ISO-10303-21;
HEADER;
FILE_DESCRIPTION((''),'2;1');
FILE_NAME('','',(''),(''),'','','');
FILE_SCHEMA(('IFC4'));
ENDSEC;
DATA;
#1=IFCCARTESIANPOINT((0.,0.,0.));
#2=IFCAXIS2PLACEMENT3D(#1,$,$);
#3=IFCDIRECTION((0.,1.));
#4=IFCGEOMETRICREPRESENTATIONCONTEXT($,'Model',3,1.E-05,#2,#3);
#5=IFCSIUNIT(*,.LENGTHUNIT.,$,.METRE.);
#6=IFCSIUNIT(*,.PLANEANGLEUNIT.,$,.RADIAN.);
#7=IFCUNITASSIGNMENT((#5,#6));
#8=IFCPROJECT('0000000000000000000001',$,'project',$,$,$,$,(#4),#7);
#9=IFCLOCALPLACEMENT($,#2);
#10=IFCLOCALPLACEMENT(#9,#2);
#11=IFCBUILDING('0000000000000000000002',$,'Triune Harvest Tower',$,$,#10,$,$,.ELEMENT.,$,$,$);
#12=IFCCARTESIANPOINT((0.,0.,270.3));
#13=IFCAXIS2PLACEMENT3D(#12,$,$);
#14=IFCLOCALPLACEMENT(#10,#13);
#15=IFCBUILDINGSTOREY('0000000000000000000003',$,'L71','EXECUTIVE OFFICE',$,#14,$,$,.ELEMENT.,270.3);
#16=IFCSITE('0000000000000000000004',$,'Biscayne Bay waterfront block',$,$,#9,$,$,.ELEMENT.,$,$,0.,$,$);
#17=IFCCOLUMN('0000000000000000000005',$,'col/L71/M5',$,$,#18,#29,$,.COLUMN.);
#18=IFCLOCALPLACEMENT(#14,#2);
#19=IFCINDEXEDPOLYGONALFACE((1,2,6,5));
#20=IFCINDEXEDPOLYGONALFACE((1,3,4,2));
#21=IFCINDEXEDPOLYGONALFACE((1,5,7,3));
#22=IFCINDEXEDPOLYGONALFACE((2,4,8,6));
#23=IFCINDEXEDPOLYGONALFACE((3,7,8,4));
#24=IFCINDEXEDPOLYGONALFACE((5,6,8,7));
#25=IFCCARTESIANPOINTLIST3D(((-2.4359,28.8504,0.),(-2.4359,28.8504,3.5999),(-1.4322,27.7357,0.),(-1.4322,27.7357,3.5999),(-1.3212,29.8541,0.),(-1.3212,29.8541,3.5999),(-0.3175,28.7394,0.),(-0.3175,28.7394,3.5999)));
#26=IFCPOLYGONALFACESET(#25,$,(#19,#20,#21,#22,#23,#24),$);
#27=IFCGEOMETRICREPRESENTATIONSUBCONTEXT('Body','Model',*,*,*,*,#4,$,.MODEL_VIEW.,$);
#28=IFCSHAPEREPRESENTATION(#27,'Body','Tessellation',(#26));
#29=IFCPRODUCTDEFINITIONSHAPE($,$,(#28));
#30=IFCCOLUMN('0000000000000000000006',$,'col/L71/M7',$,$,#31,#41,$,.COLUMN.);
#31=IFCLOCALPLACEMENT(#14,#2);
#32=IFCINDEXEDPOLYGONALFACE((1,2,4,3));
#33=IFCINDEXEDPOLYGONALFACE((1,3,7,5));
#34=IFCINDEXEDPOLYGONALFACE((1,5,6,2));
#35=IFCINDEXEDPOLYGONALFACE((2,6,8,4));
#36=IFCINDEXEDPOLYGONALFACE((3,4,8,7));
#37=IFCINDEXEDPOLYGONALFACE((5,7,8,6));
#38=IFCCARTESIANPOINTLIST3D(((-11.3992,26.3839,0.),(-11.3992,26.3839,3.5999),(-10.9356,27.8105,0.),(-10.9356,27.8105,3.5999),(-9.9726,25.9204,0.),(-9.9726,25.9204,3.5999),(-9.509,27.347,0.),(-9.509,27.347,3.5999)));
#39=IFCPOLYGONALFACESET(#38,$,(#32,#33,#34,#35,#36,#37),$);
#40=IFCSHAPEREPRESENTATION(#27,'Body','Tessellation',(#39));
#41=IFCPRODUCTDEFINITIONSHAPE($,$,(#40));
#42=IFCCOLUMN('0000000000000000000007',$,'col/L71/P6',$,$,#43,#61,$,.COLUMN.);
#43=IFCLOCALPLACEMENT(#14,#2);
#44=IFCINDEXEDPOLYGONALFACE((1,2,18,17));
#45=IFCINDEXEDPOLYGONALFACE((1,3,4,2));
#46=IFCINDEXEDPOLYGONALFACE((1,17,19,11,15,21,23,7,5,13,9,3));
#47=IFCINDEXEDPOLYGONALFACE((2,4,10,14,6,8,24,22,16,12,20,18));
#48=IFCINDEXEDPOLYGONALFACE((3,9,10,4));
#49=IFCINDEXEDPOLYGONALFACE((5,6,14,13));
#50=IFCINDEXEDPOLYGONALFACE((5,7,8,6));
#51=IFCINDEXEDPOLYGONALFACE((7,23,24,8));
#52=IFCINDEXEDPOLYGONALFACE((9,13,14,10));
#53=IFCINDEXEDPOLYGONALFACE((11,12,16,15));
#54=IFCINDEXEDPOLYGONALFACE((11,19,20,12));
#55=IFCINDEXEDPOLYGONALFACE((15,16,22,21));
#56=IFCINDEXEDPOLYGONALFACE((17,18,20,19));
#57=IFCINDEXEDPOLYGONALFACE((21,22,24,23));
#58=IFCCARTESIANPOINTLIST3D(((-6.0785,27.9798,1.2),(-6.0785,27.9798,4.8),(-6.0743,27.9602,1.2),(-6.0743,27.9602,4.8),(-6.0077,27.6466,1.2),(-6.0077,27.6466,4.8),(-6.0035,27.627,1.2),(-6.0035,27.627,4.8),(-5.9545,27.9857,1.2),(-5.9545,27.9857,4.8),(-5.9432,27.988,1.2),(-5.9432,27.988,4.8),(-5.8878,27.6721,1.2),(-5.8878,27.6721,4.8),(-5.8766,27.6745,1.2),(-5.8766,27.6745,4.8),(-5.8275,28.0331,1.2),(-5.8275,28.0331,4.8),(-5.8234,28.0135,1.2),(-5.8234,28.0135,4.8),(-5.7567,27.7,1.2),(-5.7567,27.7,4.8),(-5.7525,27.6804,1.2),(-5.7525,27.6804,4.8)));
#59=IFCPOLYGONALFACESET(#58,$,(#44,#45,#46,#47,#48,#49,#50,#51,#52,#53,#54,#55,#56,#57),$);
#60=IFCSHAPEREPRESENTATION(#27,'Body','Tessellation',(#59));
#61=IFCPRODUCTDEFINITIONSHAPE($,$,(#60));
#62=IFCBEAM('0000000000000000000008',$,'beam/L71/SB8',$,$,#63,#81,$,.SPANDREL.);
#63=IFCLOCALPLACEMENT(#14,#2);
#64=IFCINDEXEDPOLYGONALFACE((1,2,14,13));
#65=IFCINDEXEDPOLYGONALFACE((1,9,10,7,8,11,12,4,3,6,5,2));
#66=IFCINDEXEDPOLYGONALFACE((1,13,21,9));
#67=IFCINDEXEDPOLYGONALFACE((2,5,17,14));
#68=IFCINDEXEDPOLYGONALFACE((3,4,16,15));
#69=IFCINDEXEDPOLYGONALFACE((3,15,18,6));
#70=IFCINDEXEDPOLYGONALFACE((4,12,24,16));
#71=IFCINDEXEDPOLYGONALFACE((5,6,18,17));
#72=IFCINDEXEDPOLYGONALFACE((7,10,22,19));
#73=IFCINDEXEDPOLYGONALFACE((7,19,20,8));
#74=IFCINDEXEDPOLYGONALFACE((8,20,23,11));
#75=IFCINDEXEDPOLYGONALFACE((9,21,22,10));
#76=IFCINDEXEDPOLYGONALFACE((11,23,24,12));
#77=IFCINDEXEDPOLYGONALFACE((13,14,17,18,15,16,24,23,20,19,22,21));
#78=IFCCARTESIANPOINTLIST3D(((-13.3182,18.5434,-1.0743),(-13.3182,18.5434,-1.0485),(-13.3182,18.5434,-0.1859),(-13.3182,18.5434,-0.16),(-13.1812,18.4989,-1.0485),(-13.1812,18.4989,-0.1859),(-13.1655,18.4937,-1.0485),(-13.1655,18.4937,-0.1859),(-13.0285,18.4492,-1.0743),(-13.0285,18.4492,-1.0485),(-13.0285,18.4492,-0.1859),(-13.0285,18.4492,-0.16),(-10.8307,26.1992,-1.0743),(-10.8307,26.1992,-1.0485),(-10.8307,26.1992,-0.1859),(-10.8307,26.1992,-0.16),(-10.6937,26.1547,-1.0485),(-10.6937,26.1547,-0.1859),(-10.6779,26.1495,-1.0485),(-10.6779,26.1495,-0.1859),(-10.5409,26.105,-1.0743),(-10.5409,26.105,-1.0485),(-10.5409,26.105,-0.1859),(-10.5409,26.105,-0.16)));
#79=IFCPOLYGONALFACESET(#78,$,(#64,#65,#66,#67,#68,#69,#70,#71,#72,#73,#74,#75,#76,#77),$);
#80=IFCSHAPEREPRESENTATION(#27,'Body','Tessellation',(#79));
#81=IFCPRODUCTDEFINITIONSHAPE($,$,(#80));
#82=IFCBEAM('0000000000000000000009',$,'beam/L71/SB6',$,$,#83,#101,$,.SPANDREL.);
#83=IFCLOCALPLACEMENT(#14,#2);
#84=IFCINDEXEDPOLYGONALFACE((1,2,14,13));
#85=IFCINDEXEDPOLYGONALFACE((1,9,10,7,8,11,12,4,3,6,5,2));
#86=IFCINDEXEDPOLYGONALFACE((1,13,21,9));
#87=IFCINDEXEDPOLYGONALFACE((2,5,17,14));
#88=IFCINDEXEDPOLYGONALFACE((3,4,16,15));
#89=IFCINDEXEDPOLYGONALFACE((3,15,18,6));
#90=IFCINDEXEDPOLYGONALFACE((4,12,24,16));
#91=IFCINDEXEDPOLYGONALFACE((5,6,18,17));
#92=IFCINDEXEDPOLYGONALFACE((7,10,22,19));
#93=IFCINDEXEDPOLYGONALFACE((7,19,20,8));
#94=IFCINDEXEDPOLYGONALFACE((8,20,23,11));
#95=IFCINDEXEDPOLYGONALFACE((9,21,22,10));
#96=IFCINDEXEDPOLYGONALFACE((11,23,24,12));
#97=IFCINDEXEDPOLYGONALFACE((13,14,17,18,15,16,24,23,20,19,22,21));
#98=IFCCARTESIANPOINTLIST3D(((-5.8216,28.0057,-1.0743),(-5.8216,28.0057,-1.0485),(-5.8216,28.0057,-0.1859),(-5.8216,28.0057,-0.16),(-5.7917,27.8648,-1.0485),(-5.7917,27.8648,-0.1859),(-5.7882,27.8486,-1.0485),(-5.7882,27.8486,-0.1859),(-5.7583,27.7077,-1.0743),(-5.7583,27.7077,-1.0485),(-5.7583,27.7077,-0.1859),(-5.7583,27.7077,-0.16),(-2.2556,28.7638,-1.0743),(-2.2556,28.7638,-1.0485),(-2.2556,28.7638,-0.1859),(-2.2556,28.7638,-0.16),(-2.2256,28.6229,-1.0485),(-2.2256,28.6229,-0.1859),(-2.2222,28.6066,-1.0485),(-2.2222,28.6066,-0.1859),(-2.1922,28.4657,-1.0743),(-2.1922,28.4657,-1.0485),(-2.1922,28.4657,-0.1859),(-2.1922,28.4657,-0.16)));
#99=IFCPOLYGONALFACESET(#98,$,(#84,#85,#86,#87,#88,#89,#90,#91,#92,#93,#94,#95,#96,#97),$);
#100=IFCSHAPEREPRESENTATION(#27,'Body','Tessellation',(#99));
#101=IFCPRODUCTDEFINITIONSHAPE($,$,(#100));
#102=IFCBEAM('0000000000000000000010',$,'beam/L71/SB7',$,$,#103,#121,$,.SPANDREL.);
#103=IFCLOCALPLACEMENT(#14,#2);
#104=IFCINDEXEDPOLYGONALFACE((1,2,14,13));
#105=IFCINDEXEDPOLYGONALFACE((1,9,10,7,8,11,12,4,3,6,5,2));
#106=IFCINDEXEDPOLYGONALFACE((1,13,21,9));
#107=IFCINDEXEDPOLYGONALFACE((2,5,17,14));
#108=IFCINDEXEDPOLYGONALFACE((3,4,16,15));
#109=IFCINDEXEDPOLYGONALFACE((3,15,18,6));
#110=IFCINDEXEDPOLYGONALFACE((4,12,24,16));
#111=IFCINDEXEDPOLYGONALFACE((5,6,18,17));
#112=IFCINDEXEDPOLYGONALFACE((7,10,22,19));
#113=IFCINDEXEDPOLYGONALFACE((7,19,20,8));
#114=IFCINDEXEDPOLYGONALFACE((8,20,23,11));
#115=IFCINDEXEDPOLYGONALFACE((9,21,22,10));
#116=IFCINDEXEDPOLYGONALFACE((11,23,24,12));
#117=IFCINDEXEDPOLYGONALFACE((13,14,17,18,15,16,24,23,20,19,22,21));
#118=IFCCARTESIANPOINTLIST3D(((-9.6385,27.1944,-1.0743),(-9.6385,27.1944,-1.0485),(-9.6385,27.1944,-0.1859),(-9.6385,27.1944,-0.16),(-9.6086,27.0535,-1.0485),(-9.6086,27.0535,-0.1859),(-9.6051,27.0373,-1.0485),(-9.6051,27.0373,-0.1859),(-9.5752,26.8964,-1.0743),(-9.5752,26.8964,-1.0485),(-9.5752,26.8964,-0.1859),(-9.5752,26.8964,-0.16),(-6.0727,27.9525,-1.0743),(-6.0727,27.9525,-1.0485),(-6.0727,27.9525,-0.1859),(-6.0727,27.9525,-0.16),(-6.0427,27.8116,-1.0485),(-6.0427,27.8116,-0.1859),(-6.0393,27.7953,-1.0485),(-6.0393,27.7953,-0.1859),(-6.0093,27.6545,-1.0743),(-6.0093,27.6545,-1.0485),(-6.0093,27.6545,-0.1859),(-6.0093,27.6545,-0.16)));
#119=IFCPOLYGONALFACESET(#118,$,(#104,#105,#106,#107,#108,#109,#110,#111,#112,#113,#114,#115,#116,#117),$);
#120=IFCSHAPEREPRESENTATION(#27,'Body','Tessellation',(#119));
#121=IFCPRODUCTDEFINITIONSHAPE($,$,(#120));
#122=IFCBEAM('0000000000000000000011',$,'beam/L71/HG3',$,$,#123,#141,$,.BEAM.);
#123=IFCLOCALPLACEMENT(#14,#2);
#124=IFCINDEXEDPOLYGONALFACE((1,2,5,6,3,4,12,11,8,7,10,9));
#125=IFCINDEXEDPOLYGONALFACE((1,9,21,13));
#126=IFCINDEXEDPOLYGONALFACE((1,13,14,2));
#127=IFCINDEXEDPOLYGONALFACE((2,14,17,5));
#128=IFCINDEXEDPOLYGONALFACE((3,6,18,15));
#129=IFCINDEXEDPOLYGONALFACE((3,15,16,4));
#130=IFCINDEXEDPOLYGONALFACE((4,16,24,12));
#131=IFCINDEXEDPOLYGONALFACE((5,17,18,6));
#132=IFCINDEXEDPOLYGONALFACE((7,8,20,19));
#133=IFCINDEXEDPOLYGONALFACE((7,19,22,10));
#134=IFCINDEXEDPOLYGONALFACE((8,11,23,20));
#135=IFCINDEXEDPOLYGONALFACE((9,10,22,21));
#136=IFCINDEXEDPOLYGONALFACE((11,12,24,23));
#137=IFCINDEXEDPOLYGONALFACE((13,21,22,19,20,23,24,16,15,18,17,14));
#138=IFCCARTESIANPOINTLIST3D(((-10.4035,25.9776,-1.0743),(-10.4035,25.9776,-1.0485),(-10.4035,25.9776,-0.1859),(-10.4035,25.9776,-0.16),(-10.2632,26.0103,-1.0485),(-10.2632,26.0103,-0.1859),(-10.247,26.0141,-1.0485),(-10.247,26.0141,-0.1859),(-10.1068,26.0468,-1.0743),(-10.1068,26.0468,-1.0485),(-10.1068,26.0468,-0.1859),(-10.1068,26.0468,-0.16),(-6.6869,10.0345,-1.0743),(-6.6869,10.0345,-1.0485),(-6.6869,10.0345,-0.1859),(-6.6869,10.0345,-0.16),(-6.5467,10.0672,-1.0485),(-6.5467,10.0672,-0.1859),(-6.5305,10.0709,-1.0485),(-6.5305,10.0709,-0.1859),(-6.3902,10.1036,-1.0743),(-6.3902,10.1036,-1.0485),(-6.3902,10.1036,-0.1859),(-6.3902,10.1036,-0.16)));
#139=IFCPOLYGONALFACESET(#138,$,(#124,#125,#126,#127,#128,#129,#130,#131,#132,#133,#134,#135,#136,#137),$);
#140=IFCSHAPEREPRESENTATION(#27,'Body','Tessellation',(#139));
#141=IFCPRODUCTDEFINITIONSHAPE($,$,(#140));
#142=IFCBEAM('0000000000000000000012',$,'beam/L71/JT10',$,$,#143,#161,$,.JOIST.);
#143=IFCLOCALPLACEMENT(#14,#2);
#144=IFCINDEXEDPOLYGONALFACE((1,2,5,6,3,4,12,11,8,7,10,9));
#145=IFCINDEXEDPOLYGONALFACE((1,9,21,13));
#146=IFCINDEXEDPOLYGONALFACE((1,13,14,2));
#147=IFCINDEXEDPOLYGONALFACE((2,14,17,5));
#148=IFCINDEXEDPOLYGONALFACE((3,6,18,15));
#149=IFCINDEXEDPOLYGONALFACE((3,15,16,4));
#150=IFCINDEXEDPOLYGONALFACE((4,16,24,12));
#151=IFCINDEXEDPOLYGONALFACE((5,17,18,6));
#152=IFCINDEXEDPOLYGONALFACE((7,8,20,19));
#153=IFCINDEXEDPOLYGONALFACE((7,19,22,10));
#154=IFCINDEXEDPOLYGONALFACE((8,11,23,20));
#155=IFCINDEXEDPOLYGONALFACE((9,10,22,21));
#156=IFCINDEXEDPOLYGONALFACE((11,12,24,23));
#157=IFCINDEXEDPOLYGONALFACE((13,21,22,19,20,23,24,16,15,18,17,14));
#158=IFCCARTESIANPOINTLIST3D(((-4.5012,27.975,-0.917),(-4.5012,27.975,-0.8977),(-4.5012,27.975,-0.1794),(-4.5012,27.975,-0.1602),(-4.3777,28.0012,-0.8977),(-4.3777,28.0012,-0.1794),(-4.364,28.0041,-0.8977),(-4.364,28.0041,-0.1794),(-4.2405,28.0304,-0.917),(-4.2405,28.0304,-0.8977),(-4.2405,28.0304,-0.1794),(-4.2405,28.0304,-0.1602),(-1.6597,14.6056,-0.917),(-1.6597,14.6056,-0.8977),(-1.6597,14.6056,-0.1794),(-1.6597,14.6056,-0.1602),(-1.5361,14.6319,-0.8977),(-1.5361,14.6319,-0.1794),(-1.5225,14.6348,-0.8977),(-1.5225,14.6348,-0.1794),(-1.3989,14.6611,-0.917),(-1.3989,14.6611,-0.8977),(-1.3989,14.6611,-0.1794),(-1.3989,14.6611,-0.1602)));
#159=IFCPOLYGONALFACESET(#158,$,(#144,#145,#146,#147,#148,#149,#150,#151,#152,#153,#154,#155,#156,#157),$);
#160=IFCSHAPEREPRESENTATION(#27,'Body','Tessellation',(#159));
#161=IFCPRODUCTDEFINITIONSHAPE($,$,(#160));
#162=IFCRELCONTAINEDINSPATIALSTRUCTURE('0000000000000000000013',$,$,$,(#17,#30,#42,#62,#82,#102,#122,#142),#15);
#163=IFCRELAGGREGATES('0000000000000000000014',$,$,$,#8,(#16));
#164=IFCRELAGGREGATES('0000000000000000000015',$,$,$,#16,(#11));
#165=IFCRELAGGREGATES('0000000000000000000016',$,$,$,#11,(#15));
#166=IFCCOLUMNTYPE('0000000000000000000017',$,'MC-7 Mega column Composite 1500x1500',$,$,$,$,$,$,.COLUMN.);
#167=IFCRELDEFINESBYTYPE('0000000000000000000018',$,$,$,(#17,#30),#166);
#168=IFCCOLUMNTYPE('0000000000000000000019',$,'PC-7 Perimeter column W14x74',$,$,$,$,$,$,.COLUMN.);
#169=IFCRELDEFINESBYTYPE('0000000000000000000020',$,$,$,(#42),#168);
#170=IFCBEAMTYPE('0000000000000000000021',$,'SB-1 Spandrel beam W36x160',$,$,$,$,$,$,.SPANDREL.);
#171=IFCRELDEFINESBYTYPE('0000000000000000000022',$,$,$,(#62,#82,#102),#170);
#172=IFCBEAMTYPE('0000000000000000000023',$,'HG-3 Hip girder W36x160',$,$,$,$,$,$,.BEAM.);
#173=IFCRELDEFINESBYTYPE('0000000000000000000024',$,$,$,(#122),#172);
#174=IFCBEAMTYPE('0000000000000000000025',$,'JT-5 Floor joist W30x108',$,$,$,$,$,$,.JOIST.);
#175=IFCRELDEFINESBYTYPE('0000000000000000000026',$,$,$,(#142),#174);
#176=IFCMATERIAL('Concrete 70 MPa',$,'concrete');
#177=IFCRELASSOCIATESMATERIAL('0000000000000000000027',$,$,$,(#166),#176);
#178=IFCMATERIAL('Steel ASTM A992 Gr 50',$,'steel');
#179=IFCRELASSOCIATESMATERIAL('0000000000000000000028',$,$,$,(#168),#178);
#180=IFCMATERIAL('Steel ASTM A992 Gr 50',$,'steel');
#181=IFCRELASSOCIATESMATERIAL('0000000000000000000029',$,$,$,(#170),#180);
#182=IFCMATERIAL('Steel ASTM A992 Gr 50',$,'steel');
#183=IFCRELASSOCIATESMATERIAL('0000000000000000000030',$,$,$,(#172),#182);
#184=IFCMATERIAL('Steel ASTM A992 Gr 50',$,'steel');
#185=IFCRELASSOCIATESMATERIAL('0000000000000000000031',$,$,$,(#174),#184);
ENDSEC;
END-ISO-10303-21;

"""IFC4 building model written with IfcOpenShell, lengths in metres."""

from ifc_helpers import new_model, si_unit, direction, frame, origin, origin_2d, place, context, subcontext, project, spatial, rectangle, i_section, extrude, source, transform, mapped, material, material_profile, profile_set, type_object, element, save


model = new_model("IFC4")

# Units and contexts
model_context = context("Model", 3, precision=1e-05, world=origin(), true_north=direction((0.0, 1.0)))
body_context = subcontext(model_context, "Body", "Model", "MODEL_VIEW")
ifc_project = project(units=[si_unit("LENGTHUNIT", "METRE"), si_unit("PLANEANGLEUNIT", "RADIAN")], contexts=[model_context])

# Site, building, storey
site_placement = place(None, origin())
site = spatial("IfcSite", under=ifc_project, at=site_placement, Name="Biscayne Bay waterfront block", CompositionType="ELEMENT", RefElevation=0.0)
building_placement = place(site_placement, origin())
building = spatial("IfcBuilding", under=site, at=building_placement, Name="Triune Harvest Tower", CompositionType="ELEMENT")
storey_placement = place(building_placement, frame((0.0, 0.0, 270.3)))
storey = spatial("IfcBuildingStorey", under=building, at=storey_placement, Name="L71", Description="EXECUTIVE OFFICE", CompositionType="ELEMENT", Elevation=270.3)

# Columns
ifc_material_1 = material(Name="Concrete 70 MPa", Category="concrete")
ifc_material_profile_1 = material_profile(ifc_material_1, rectangle(XDim=1.5, YDim=1.5, at=origin_2d()), Name="Composite 1500x1500")
ifc_profile_set_1 = profile_set([ifc_material_profile_1], Name="Concrete 70 MPa")
column_type_1 = type_object("IfcColumnType", Name="MC-7 Mega column Composite 1500x1500", PredefinedType="COLUMN", material=ifc_profile_set_1)
shared_shape_1 = source(origin(), body_context, "Body", "SweptSolid", [
    extrude(rectangle(XDim=1.5, YDim=1.5, at=origin_2d()), origin(), (0.0, 0.0, 1.0), 3.5999),
])
for number, where, z_axis, x_axis, name in (
    (1, (-1.3767, 28.7949, 0.0), (0.0, 0.0, 1.0), (-0.669131, 0.743145, 0.0), "col/L71/M5"),
    (2, (-10.4541, 26.8655, 0.0), (0.0, 0.0, 1.0), (-0.309015, -0.951057, 0.0), "col/L71/M7"),
):
    element("IfcColumn", number, at=place(storey_placement, frame(where, z_axis=z_axis, x_axis=x_axis)), inside=storey, type_object=column_type_1, Name=name, PredefinedType="COLUMN", context=body_context, shape_type="MappedRepresentation", body=[
        mapped(shared_shape_1, transform((0.0, 0.0, 0.0), scale=1.0)),
    ])
ifc_material_2 = material(Name="Steel ASTM A992 Gr 50", Category="steel")
ifc_material_profile_2 = material_profile(ifc_material_2, i_section(OverallWidth=0.2566, OverallDepth=0.3606, WebThickness=0.0115, FlangeThickness=0.02, at=origin_2d()), Name="W14x74")
ifc_profile_set_2 = profile_set([ifc_material_profile_2], Name="Steel ASTM A992 Gr 50")
column_type_2 = type_object("IfcColumnType", Name="PC-7 Perimeter column W14x74", PredefinedType="COLUMN", material=ifc_profile_set_2)
shared_shape_2 = source(origin(), body_context, "Body", "SweptSolid", [
    extrude(i_section(OverallWidth=0.2566, OverallDepth=0.3606, WebThickness=0.0115, FlangeThickness=0.02, at=origin_2d()), origin(), (0.0, 0.0, 1.0), 3.6001),
])
column_placement = place(storey_placement, frame((-5.9155, 27.8301, 1.2), z_axis=(0.0, 0.0, 1.0), x_axis=(-0.978148, -0.207912, 0.0)))
element("IfcColumn", 3, at=column_placement, inside=storey, type_object=column_type_2, Name="col/L71/P6", PredefinedType="COLUMN", context=body_context, shape_type="MappedRepresentation", body=[
    mapped(shared_shape_2, transform((0.0, 0.0, 0.0), scale=1.0)),
])

# Beams
ifc_material_3 = material(Name="Steel ASTM A992 Gr 50", Category="steel")
ifc_material_profile_3 = material_profile(ifc_material_3, i_section(OverallWidth=0.3047, OverallDepth=0.9143, WebThickness=0.0166, FlangeThickness=0.0259, at=origin_2d()), Name="W36x160")
ifc_profile_set_3 = profile_set([ifc_material_profile_3], Name="Steel ASTM A992 Gr 50")
beam_type_1 = type_object("IfcBeamType", Name="SB-1 Spandrel beam W36x160", PredefinedType="SPANDREL", material=ifc_profile_set_3)
shared_shape_3 = source(origin(), body_context, "Body", "SweptSolid", [
    extrude(i_section(OverallWidth=0.3047, OverallDepth=0.9143, WebThickness=0.0166, FlangeThickness=0.0259, at=origin_2d()), origin(), (0.0, 0.0, 1.0), 8.0498),
])
beam_1_placement = place(storey_placement, frame((-10.6858, 26.1521, -0.6172), z_axis=(-0.309022, -0.951055, 0.0), x_axis=(0.951055, -0.309022, 0.0)))
element("IfcBeam", 4, at=beam_1_placement, inside=storey, type_object=beam_type_1, Name="beam/L71/SB8", PredefinedType="SPANDREL", context=body_context, shape_type="MappedRepresentation", body=[
    mapped(shared_shape_3, transform((0.0, 0.0, 0.0), scale=1.0)),
])
shared_shape_4 = source(origin(), body_context, "Body", "SweptSolid", [
    extrude(i_section(OverallWidth=0.3047, OverallDepth=0.9143, WebThickness=0.0166, FlangeThickness=0.0259, at=origin_2d()), origin(), (0.0, 0.0, 1.0), 3.6458),
])
beam_2_placement = place(storey_placement, frame((-2.2239, 28.6147, -0.6172), z_axis=(-0.978145, -0.207924, 0.0), x_axis=(0.207924, -0.978145, 0.0)))
element("IfcBeam", 5, at=beam_2_placement, inside=storey, type_object=beam_type_1, Name="beam/L71/SB6", PredefinedType="SPANDREL", context=body_context, shape_type="MappedRepresentation", body=[
    mapped(shared_shape_4, transform((0.0, 0.0, 0.0), scale=1.0)),
])
shared_shape_5 = source(origin(), body_context, "Body", "SweptSolid", [
    extrude(i_section(OverallWidth=0.3047, OverallDepth=0.9143, WebThickness=0.0166, FlangeThickness=0.0259, at=origin_2d()), origin(), (0.0, 0.0, 1.0), 3.6455),
])
beam_3_placement = place(storey_placement, frame((-6.041, 27.8035, -0.6172), z_axis=(-0.978142, -0.207937, 0.0), x_axis=(0.207937, -0.978142, 0.0)))
element("IfcBeam", 6, at=beam_3_placement, inside=storey, type_object=beam_type_1, Name="beam/L71/SB7", PredefinedType="SPANDREL", context=body_context, shape_type="MappedRepresentation", body=[
    mapped(shared_shape_5, transform((0.0, 0.0, 0.0), scale=1.0)),
])
ifc_material_4 = material(Name="Steel ASTM A992 Gr 50", Category="steel")
ifc_material_profile_4 = material_profile(ifc_material_4, i_section(OverallWidth=0.3047, OverallDepth=0.9143, WebThickness=0.0166, FlangeThickness=0.0259, at=origin_2d()), Name="W36x160")
ifc_profile_set_4 = profile_set([ifc_material_profile_4], Name="Steel ASTM A992 Gr 50")
beam_type_2 = type_object("IfcBeamType", Name="HG-3 Hip girder W36x160", PredefinedType="BEAM", material=ifc_profile_set_4)
shared_shape_6 = source(origin(), body_context, "Body", "SweptSolid", [
    extrude(i_section(OverallWidth=0.3047, OverallDepth=0.9143, WebThickness=0.0166, FlangeThickness=0.0259, at=origin_2d()), origin(), (0.0, 0.0, 1.0), 16.3706),
])
beam_4_placement = place(storey_placement, frame((-10.2551, 26.0122, -0.6172), z_axis=(0.227026, -0.973889, 0.0), x_axis=(0.973889, 0.227026, 0.0)))
element("IfcBeam", 7, at=beam_4_placement, inside=storey, type_object=beam_type_2, Name="beam/L71/HG3", PredefinedType="BEAM", context=body_context, shape_type="MappedRepresentation", body=[
    mapped(shared_shape_6, transform((0.0, 0.0, 0.0), scale=1.0)),
])
ifc_material_5 = material(Name="Steel ASTM A992 Gr 50", Category="steel")
ifc_material_profile_5 = material_profile(ifc_material_5, i_section(OverallWidth=0.2666, OverallDepth=0.7568, WebThickness=0.0139, FlangeThickness=0.0193, at=origin_2d()), Name="W30x108")
ifc_profile_set_5 = profile_set([ifc_material_profile_5], Name="Steel ASTM A992 Gr 50")
beam_type_3 = type_object("IfcBeamType", Name="JT-5 Floor joist W30x108", PredefinedType="JOIST", material=ifc_profile_set_5)
shared_shape_7 = source(origin(), body_context, "Body", "SweptSolid", [
    extrude(i_section(OverallWidth=0.2666, OverallDepth=0.7568, WebThickness=0.0139, FlangeThickness=0.0193, at=origin_2d()), origin(), (0.0, 0.0, 1.0), 13.668),
])
beam_5_placement = place(storey_placement, frame((-4.3708, 28.0027, -0.5386), z_axis=(0.207898, -0.978151, 0.0), x_axis=(0.978151, 0.207898, 0.0)))
element("IfcBeam", 8, at=beam_5_placement, inside=storey, type_object=beam_type_3, Name="beam/L71/JT10", PredefinedType="JOIST", context=body_context, shape_type="MappedRepresentation", body=[
    mapped(shared_shape_7, transform((0.0, 0.0, 0.0), scale=1.0)),
])

save(model, "model.ifc")
